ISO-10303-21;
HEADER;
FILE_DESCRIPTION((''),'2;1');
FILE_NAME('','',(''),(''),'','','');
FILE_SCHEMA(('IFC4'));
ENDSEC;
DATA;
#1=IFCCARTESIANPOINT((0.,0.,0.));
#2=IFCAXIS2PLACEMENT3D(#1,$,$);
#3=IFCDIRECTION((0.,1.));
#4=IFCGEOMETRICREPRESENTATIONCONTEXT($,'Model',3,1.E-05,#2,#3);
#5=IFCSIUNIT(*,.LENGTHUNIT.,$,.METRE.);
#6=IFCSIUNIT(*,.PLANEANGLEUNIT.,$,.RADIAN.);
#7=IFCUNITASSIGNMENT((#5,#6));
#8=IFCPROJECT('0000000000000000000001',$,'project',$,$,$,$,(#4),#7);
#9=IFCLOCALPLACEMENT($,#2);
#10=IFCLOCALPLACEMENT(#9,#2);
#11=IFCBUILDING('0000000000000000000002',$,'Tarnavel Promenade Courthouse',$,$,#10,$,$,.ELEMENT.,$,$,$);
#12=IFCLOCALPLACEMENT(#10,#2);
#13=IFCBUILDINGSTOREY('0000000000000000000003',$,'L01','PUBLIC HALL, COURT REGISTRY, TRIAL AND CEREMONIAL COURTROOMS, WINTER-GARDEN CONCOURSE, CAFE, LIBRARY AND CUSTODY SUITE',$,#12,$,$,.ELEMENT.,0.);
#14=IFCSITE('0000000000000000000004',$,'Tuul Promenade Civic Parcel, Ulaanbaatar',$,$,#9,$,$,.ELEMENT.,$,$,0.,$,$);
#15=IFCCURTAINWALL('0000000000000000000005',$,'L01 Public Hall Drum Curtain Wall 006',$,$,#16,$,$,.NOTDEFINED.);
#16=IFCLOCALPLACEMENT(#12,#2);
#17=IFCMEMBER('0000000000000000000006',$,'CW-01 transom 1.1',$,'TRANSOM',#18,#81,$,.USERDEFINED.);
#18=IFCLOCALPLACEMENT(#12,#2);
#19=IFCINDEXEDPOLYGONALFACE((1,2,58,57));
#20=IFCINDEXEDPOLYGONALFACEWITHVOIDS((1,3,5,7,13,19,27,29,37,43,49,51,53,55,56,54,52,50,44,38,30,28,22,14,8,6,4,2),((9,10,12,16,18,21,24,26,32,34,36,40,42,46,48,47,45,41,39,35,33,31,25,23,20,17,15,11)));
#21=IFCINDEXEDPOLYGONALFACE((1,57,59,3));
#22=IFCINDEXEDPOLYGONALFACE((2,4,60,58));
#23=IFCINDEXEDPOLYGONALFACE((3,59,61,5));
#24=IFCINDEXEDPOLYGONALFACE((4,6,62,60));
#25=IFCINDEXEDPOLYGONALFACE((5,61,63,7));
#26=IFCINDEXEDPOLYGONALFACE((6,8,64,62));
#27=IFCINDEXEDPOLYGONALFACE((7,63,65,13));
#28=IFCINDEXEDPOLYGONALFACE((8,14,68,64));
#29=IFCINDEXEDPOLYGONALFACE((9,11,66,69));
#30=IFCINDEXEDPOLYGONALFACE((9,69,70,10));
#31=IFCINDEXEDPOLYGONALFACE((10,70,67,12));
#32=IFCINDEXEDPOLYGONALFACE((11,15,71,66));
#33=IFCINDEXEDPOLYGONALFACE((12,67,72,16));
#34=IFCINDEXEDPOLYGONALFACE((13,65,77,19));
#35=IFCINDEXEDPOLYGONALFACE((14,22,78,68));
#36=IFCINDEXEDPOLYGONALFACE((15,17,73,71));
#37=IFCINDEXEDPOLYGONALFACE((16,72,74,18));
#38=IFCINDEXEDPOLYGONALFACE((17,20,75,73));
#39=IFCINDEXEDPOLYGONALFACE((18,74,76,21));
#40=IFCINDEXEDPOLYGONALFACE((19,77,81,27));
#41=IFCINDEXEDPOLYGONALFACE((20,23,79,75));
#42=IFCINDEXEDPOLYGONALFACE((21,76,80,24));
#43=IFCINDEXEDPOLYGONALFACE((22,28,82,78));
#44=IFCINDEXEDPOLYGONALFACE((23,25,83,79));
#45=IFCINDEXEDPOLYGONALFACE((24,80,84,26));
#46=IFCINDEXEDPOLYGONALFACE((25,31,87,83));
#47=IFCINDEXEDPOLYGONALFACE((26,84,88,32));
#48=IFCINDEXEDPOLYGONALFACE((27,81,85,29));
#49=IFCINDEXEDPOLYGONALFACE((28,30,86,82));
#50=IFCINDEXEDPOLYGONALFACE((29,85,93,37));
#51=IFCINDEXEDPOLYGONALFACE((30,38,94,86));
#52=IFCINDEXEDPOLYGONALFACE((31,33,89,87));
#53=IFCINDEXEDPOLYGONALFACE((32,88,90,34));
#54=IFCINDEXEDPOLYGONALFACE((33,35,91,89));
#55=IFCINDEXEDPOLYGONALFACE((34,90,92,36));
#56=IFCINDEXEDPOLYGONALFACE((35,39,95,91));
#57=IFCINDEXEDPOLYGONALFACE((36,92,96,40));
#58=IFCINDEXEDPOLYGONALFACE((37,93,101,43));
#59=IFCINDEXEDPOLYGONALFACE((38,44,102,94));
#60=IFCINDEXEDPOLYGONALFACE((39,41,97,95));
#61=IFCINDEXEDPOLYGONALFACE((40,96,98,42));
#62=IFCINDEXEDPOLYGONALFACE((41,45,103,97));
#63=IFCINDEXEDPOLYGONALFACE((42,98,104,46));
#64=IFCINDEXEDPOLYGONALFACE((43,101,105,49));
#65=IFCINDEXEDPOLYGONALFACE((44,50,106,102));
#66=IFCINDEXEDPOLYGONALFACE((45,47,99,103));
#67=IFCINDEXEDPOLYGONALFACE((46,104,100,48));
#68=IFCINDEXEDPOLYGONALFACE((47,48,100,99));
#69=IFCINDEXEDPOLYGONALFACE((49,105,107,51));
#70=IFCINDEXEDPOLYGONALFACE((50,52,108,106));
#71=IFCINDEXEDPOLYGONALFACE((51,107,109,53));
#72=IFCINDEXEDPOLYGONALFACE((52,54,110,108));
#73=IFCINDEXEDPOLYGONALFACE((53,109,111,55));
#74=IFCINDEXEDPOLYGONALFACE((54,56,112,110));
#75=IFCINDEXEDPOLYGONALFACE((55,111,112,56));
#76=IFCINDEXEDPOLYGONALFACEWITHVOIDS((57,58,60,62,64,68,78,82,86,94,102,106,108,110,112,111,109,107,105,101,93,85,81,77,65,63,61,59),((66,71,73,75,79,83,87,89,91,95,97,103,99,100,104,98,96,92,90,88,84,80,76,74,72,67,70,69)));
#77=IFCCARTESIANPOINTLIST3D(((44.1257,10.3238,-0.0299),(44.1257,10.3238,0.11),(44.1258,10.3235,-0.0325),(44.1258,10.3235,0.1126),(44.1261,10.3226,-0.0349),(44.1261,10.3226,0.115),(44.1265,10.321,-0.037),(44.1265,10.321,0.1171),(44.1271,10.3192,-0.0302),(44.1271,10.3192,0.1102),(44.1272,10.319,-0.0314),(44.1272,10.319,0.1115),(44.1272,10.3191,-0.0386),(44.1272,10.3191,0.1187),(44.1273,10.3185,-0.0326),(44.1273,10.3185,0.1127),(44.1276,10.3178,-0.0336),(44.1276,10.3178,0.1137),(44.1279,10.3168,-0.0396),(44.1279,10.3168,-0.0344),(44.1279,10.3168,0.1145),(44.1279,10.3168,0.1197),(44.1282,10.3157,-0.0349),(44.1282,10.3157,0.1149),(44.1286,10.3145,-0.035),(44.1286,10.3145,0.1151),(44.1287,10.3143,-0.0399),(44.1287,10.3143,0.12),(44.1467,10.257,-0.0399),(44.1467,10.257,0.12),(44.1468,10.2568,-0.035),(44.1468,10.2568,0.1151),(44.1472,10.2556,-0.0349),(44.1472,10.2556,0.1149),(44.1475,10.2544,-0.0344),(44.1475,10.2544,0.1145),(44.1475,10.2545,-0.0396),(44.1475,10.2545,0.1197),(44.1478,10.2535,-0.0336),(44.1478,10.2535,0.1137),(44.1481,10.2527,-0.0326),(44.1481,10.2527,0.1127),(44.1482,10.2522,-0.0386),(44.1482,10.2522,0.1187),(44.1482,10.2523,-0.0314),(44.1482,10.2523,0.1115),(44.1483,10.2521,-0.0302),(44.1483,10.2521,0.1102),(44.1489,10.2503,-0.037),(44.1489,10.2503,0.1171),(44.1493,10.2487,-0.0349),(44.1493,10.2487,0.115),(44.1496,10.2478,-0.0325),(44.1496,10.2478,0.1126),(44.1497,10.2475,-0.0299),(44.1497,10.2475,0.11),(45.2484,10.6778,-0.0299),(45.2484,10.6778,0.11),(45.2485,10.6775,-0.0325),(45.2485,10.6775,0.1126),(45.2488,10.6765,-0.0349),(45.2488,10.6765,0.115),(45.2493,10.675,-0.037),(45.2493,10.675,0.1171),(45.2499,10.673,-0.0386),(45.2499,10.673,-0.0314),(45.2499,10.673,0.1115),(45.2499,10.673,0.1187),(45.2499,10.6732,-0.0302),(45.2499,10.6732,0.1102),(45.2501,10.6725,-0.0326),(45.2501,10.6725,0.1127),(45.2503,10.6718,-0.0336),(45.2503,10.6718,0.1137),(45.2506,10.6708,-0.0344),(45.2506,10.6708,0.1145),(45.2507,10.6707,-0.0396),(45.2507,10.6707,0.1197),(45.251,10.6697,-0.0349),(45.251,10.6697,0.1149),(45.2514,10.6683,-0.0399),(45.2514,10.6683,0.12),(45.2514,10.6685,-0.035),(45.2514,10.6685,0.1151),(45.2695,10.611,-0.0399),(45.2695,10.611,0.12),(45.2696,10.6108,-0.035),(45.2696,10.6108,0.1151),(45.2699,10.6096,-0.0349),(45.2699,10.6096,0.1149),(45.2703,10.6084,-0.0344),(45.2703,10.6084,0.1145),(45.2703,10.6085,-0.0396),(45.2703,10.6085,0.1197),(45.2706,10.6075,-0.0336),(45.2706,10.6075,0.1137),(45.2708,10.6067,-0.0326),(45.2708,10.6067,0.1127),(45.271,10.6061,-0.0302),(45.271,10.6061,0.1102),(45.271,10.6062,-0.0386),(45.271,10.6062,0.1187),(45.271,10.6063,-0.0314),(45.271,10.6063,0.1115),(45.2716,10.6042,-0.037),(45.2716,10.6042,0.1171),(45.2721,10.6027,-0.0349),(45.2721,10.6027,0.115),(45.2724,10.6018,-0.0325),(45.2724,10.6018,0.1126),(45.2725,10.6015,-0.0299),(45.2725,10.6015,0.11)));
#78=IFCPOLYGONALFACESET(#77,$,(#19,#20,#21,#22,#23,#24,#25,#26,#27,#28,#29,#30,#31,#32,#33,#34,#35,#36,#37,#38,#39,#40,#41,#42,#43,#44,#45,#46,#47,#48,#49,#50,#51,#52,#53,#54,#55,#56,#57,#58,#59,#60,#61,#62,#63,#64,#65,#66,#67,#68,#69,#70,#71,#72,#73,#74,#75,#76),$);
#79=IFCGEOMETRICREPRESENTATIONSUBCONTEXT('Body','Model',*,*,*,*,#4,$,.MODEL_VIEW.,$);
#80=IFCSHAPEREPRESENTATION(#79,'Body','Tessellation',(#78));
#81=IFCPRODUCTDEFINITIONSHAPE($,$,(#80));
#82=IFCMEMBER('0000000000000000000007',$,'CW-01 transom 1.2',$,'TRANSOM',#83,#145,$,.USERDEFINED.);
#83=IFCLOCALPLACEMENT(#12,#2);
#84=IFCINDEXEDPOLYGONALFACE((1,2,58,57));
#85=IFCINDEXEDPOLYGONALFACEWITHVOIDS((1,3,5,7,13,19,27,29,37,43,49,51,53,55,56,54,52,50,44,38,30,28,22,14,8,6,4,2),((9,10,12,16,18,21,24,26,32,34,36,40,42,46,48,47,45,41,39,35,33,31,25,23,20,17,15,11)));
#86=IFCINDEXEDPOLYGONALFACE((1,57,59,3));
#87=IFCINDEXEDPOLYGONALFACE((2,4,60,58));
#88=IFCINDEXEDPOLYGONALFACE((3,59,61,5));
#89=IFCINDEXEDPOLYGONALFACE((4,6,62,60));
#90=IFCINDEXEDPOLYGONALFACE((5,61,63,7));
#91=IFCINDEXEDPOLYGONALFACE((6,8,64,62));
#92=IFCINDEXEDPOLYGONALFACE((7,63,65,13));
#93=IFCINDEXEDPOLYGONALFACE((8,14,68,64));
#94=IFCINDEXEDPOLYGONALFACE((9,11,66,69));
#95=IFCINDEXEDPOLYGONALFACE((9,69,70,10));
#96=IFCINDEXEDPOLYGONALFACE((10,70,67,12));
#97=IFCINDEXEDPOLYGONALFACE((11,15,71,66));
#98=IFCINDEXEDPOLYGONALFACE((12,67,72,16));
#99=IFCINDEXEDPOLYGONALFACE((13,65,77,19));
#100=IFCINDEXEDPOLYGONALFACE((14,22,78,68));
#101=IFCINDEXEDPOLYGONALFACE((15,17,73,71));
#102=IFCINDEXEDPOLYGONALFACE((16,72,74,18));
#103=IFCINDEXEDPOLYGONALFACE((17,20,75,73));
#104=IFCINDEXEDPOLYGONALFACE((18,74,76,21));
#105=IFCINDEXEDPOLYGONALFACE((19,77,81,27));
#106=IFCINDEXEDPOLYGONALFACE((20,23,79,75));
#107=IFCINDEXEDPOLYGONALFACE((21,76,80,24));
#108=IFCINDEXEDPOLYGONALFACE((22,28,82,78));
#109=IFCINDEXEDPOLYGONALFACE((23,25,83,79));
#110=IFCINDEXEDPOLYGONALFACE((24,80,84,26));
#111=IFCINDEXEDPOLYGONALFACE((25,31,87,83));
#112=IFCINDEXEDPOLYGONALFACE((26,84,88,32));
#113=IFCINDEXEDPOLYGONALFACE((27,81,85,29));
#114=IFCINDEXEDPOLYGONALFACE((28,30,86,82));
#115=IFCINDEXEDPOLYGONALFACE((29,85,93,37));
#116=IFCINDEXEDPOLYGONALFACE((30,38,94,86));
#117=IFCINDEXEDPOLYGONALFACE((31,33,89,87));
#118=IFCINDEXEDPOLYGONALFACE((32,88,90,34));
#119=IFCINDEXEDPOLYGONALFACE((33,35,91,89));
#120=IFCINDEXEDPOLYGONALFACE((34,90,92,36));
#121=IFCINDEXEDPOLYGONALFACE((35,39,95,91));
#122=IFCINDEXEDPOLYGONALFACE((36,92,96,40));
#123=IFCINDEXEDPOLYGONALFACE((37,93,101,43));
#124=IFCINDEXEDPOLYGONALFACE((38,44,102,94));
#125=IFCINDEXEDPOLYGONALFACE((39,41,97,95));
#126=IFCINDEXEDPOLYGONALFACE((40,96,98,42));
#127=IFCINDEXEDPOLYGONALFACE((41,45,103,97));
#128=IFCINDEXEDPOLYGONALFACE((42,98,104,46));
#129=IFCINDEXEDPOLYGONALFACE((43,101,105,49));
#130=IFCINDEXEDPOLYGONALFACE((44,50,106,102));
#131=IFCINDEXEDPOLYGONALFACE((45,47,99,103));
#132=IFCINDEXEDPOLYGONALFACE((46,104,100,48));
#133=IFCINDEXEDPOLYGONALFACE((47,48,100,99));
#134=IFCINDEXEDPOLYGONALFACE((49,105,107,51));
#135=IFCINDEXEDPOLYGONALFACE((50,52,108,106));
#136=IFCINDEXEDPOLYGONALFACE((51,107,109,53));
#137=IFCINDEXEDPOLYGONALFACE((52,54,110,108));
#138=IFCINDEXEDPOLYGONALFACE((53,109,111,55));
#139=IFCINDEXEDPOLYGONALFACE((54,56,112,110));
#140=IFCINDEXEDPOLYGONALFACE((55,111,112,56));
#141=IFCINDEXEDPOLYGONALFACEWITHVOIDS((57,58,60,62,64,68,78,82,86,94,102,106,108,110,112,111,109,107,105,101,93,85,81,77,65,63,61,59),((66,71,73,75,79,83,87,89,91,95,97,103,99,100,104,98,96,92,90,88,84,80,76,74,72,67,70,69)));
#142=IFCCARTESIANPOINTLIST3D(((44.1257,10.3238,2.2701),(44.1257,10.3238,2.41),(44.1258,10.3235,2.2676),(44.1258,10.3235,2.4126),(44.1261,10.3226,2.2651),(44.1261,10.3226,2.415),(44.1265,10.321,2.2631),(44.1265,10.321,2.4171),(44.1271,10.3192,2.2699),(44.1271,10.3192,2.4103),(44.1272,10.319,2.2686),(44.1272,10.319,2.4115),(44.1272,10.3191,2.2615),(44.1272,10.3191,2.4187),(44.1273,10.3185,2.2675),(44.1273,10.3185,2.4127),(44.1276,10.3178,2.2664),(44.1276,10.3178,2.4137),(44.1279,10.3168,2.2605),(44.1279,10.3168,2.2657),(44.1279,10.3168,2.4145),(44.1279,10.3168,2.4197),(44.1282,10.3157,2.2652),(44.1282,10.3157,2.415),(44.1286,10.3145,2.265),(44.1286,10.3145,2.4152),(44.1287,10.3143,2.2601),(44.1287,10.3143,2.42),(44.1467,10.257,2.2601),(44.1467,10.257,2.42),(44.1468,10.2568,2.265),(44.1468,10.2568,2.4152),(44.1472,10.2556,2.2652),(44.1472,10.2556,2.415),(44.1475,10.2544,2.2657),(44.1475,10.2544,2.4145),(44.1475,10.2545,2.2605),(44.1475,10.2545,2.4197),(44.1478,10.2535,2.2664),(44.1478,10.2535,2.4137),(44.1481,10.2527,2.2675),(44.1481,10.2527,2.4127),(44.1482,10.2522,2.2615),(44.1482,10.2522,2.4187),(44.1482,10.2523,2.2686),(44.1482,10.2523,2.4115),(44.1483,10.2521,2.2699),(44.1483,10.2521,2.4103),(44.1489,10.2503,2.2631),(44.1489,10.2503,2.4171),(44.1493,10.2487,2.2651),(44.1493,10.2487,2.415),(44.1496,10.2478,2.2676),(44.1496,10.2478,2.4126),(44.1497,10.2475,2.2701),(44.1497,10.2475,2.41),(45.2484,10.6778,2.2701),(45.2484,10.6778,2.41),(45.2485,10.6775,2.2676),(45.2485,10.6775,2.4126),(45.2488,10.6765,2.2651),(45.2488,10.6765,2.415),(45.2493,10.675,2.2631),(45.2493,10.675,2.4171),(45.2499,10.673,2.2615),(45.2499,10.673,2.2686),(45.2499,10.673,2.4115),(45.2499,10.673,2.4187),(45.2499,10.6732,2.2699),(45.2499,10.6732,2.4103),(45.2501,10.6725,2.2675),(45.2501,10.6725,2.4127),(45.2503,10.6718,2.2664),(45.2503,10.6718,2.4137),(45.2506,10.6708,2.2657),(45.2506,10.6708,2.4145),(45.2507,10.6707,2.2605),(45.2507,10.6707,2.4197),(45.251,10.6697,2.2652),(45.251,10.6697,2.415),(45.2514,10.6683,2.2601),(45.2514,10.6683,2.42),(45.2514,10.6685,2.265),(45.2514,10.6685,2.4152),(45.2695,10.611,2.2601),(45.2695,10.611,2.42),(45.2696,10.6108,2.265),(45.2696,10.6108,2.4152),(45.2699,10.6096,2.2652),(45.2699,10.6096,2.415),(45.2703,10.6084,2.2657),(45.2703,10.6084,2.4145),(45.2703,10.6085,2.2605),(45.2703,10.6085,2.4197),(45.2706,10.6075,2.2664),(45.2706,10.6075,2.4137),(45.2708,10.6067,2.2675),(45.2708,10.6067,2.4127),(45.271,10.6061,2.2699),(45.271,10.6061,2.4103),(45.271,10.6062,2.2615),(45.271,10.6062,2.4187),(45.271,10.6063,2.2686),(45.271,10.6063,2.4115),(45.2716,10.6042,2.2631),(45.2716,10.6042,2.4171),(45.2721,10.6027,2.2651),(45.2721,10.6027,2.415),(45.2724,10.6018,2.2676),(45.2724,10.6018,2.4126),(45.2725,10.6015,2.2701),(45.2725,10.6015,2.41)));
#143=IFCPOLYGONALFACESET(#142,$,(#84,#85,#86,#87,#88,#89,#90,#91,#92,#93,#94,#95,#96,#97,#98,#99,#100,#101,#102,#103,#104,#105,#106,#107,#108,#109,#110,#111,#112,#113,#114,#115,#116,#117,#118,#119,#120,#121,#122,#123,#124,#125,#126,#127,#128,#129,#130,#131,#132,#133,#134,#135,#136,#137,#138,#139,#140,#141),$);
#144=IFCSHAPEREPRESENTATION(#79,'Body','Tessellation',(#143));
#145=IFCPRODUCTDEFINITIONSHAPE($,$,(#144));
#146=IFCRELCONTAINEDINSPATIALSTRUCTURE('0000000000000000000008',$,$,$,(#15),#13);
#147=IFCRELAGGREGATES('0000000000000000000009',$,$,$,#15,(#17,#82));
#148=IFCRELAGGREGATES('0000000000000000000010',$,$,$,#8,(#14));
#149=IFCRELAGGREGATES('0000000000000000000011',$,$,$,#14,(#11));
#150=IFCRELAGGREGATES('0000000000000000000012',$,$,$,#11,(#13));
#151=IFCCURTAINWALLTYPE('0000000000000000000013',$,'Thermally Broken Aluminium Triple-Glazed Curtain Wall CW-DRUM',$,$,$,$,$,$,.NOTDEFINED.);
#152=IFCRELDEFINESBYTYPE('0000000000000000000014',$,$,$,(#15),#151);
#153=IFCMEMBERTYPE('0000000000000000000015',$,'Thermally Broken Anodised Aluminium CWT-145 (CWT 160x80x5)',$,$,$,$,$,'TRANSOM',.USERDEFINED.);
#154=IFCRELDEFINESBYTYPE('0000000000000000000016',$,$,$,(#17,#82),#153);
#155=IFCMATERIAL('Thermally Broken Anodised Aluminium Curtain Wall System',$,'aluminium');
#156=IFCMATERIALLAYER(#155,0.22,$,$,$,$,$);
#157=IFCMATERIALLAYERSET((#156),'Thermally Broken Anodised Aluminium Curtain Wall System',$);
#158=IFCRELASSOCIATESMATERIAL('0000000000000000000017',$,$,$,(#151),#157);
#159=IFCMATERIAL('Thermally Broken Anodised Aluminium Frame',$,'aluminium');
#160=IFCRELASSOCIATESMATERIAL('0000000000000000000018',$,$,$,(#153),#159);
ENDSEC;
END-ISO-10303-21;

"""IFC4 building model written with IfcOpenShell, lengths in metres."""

from ifc_helpers import new_model, si_unit, direction, frame, origin, origin_2d, place, context, subcontext, project, spatial, hollow_rectangle, extrude, material, layer, layer_set, material_profile, profile_set, type_object, element, aggregate, save


model = new_model("IFC4")

# Units and contexts
model_context = context("Model", 3, precision=1e-05, world=origin(), true_north=direction((0.0, 1.0)))
body_context = subcontext(model_context, "Body", "Model", "MODEL_VIEW")
ifc_project = project(units=[si_unit("LENGTHUNIT", "METRE"), si_unit("PLANEANGLEUNIT", "RADIAN")], contexts=[model_context])

# Site, building, storey
site_placement = place(None, origin())
site = spatial("IfcSite", under=ifc_project, at=site_placement, Name="Tuul Promenade Civic Parcel, Ulaanbaatar", CompositionType="ELEMENT", RefElevation=0.0)
building_placement = place(site_placement, origin())
building = spatial("IfcBuilding", under=site, at=building_placement, Name="Tarnavel Promenade Courthouse", CompositionType="ELEMENT")
storey_placement = place(building_placement, origin())
storey = spatial("IfcBuildingStorey", under=building, at=storey_placement, Name="L01", Description="PUBLIC HALL, COURT REGISTRY, TRIAL AND CEREMONIAL COURTROOMS, WINTER-GARDEN CONCOURSE, CAFE, LIBRARY AND CUSTODY SUITE", CompositionType="ELEMENT", Elevation=0.0)

# Curtain wall
ifc_material_1 = material(Name="Thermally Broken Anodised Aluminium Curtain Wall System", Category="aluminium")
ifc_layer_1 = layer(ifc_material_1, 0.22)
ifc_layer_set_1 = layer_set([ifc_layer_1], Name="Thermally Broken Anodised Aluminium Curtain Wall System")
curtain_wall_type = type_object("IfcCurtainWallType", Name="Thermally Broken Aluminium Triple-Glazed Curtain Wall CW-DRUM", PredefinedType="NOTDEFINED", material=ifc_layer_set_1)
ifc_material_2 = material(Name="Thermally Broken Anodised Aluminium Frame", Category="aluminium")
curtain_wall_1_placement = place(storey_placement, origin())
curtain_wall_1 = element("IfcCurtainWall", 1, at=curtain_wall_1_placement, inside=storey, type_object=curtain_wall_type, Name="L01 Public Hall Drum Curtain Wall 006", PredefinedType="NOTDEFINED")

# Members
ifc_material_profile_1 = material_profile(ifc_material_2, hollow_rectangle(XDim=0.0801, YDim=0.1599, WallThickness=0.0049, InnerFilletRadius=0.0049, OuterFilletRadius=0.01, at=origin_2d()), Name="CWT 160x80x5")
ifc_profile_set_1 = profile_set([ifc_material_profile_1], Name="Thermally Broken Anodised Aluminium Frame")
member_type_1 = type_object("IfcMemberType", Name="Thermally Broken Anodised Aluminium CWT-145 (CWT 160x80x5)", ElementType="TRANSOM", PredefinedType="USERDEFINED", material=ifc_profile_set_1)
member_1_placement = place(storey_placement, frame((44.1377, 10.2856, 0.04), z_axis=(0.95372, 0.300695, 0.0), x_axis=(-0.300695, 0.95372, 0.0)))
member_1 = element("IfcMember", 2, at=member_1_placement, type_object=member_type_1, Name="CW-01 transom 1.1", ObjectType="TRANSOM", PredefinedType="USERDEFINED", context=body_context, shape_type="SweptSolid", body=[
    extrude(hollow_rectangle(XDim=0.0801, YDim=0.1599, WallThickness=0.0049, InnerFilletRadius=0.0049, OuterFilletRadius=0.01, at=origin_2d()), origin(), (0.0, 0.0, 1.0), 1.1772),
])
member_2_placement = place(storey_placement, frame((44.1377, 10.2856, 2.3401), z_axis=(0.95372, 0.300695, 0.0), x_axis=(-0.300695, 0.95372, 0.0)))
member_2 = element("IfcMember", 3, at=member_2_placement, type_object=member_type_1, Name="CW-01 transom 1.2", ObjectType="TRANSOM", PredefinedType="USERDEFINED", context=body_context, shape_type="SweptSolid", body=[
    extrude(hollow_rectangle(XDim=0.0801, YDim=0.1599, WallThickness=0.0049, InnerFilletRadius=0.0049, OuterFilletRadius=0.01, at=origin_2d()), origin(), (0.0, 0.0, 1.0), 1.1772),
])

aggregate(curtain_wall_1, [member_1, member_2])

save(model, "model.ifc")
